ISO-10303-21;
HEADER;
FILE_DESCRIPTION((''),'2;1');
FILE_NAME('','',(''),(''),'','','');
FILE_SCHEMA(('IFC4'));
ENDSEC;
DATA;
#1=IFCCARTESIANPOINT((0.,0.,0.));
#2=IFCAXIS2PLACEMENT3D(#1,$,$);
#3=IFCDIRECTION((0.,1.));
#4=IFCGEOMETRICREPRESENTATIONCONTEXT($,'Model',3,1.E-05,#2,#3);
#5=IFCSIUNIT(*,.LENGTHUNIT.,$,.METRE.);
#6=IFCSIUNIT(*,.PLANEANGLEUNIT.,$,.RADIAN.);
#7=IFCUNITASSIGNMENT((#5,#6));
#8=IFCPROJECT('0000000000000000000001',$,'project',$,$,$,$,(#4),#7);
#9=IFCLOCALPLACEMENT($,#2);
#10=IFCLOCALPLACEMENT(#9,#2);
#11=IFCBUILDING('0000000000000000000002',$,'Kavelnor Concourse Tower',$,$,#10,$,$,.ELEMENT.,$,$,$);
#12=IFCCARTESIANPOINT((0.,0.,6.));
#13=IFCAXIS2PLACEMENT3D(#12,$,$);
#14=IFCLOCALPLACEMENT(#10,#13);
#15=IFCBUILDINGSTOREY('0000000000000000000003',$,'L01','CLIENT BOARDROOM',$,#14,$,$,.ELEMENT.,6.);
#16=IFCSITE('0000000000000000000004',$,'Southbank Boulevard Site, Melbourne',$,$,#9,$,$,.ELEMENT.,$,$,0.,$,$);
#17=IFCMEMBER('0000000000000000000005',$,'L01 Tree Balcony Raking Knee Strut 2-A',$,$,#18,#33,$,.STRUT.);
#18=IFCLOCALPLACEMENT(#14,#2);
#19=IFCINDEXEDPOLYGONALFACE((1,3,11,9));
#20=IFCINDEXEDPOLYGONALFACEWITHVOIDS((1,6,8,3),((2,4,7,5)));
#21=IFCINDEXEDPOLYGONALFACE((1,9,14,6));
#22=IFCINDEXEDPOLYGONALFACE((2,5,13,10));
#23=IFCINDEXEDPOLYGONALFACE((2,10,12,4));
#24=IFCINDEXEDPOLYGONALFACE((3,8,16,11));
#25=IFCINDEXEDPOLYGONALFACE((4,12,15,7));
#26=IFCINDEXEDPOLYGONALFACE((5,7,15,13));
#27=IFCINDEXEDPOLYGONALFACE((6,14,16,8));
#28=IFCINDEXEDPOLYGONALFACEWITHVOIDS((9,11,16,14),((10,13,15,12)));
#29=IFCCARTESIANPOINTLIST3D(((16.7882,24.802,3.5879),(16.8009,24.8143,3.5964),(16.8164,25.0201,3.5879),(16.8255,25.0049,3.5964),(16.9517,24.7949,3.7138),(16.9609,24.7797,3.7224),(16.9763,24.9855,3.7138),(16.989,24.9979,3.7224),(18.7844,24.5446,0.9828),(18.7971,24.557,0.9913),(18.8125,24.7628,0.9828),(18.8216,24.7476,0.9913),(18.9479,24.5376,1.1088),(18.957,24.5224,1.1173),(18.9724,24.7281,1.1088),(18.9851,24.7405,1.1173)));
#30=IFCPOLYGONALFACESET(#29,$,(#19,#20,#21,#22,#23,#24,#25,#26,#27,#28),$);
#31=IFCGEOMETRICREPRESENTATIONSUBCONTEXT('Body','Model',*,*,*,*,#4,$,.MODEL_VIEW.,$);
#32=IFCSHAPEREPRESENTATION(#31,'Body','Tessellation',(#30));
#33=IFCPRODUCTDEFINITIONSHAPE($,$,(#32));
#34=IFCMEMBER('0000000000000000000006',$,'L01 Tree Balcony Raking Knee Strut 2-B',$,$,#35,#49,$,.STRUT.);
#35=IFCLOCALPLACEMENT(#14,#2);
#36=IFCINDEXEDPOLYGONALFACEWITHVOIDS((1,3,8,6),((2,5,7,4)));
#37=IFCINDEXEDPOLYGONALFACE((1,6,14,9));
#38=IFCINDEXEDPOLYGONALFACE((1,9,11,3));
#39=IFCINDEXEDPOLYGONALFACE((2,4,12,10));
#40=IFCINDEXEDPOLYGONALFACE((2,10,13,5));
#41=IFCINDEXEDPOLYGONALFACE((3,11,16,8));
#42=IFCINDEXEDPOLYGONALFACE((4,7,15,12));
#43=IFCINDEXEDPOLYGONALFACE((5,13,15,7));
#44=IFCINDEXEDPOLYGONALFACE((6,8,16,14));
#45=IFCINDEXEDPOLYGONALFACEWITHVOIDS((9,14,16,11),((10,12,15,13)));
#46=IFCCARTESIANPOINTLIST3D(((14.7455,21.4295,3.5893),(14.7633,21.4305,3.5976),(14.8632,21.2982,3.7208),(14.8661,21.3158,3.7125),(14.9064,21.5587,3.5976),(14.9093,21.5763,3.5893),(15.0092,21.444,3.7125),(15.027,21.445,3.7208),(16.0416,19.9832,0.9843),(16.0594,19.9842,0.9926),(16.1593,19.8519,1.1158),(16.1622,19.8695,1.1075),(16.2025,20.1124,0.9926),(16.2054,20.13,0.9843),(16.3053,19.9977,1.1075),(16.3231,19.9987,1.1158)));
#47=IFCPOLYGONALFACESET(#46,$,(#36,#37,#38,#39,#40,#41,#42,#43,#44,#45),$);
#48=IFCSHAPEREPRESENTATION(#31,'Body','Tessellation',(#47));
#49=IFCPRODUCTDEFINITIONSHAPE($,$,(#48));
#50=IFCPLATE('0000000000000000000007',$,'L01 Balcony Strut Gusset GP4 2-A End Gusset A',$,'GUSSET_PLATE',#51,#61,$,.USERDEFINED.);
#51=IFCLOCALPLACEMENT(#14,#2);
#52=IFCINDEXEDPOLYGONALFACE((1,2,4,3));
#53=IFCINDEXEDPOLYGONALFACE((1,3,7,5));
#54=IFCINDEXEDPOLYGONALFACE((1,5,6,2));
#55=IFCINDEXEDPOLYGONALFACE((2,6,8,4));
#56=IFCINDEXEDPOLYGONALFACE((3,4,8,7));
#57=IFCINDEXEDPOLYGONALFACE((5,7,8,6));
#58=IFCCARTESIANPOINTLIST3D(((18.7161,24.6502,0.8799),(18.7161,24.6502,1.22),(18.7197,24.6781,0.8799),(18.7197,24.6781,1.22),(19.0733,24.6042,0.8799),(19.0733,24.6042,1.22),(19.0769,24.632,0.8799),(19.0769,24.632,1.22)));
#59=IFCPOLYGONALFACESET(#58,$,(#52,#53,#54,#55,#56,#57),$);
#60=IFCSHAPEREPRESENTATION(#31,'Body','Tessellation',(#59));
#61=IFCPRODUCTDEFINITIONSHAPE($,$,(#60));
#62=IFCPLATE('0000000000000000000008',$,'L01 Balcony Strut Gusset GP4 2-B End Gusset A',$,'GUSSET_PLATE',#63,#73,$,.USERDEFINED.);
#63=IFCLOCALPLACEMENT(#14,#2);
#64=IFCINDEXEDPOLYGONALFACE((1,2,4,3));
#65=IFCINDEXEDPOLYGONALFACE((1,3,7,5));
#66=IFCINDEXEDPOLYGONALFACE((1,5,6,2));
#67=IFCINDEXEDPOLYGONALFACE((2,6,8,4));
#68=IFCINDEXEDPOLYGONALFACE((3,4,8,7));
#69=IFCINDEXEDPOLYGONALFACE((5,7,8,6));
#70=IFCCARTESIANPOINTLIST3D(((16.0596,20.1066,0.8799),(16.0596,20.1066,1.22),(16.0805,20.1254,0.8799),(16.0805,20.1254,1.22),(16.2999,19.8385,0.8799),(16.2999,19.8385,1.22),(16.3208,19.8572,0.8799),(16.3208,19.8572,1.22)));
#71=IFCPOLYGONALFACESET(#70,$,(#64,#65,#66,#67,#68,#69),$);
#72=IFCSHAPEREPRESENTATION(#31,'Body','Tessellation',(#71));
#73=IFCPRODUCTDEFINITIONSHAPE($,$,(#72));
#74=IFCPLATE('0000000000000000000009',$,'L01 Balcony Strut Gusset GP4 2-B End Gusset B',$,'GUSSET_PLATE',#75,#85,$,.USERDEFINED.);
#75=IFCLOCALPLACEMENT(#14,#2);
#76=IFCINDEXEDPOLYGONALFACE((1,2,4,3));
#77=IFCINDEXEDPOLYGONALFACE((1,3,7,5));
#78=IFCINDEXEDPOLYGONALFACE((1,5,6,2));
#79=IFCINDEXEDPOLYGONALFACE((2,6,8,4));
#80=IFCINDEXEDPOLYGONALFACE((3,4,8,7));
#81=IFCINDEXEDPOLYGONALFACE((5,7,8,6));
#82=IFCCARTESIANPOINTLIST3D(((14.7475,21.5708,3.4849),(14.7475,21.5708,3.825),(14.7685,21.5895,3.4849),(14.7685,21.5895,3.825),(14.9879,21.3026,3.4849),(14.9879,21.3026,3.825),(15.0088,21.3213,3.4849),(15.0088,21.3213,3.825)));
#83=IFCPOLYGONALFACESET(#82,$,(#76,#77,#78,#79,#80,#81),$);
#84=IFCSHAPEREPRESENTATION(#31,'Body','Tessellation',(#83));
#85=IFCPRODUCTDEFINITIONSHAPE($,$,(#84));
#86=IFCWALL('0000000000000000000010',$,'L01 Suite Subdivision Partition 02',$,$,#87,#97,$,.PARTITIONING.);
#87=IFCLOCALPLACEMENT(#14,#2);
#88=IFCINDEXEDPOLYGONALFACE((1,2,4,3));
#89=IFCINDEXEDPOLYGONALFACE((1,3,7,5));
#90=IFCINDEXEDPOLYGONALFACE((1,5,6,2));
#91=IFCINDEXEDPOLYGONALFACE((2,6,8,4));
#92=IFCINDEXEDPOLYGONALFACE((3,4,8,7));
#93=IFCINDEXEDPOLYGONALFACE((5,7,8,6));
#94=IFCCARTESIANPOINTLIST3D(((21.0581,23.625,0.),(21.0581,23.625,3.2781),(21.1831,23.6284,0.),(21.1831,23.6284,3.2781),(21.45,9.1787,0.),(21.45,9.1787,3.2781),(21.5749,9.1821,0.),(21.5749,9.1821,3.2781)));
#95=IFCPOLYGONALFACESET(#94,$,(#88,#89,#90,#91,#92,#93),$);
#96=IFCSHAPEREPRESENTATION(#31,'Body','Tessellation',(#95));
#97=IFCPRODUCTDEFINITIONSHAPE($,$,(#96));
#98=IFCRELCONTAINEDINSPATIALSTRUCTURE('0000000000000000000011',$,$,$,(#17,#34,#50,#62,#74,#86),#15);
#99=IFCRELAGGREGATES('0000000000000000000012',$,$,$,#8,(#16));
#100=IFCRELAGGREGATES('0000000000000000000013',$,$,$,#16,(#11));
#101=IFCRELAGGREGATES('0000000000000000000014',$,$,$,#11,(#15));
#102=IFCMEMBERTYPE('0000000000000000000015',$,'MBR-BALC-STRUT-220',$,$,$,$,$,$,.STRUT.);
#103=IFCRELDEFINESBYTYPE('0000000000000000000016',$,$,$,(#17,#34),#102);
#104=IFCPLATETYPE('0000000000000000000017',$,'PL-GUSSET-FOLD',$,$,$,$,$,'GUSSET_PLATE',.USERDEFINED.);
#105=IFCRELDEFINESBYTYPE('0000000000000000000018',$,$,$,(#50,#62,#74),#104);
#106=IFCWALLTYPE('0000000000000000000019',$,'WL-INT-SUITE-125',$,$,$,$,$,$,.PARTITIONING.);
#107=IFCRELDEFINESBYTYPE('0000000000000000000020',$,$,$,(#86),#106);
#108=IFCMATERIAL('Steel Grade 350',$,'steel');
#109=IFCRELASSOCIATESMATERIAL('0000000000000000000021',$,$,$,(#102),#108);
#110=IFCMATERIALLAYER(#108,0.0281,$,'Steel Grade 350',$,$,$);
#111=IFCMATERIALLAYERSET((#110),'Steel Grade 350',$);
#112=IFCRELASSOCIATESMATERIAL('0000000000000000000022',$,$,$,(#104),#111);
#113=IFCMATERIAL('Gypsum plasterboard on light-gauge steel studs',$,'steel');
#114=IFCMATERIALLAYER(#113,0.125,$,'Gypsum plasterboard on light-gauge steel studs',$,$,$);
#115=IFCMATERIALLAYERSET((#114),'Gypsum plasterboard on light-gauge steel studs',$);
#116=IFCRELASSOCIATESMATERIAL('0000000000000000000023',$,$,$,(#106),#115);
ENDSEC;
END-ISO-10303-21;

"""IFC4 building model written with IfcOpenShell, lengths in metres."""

from ifc_helpers import new_model, si_unit, direction, frame, frame_2d, origin, origin_2d, place, context, subcontext, project, spatial, rectangle, hollow_rectangle, extrude, material, layer, layer_set, material_profile, profile_set, type_object, element, save


model = new_model("IFC4")

# Units and contexts
model_context = context("Model", 3, precision=1e-05, world=origin(), true_north=direction((0.0, 1.0)))
body_context = subcontext(model_context, "Body", "Model", "MODEL_VIEW")
ifc_project = project(units=[si_unit("LENGTHUNIT", "METRE"), si_unit("PLANEANGLEUNIT", "RADIAN")], contexts=[model_context])

# Site, building, storey
site_placement = place(None, origin())
site = spatial("IfcSite", under=ifc_project, at=site_placement, Name="Southbank Boulevard Site, Melbourne", CompositionType="ELEMENT", RefElevation=0.0)
building_placement = place(site_placement, origin())
building = spatial("IfcBuilding", under=site, at=building_placement, Name="Kavelnor Concourse Tower", CompositionType="ELEMENT")
storey_placement = place(building_placement, frame((0.0, 0.0, 6.0)))
storey = spatial("IfcBuildingStorey", under=building, at=storey_placement, Name="L01", Description="CLIENT BOARDROOM", CompositionType="ELEMENT", Elevation=6.0)

# Shared definitions
ifc_material_1 = material(Name="Steel Grade 350", Category="steel")

# Members
ifc_material_profile_1 = material_profile(ifc_material_1, hollow_rectangle(XDim=0.22, YDim=0.22, WallThickness=0.0139, at=origin_2d()), Name="SHS 220x220x14")
ifc_profile_set_1 = profile_set([ifc_material_profile_1], Name="Steel Grade 350")
member_type = type_object("IfcMemberType", Name="MBR-BALC-STRUT-220", PredefinedType="STRUT", material=ifc_profile_set_1)
member_1_placement = place(storey_placement, frame((18.8848, 24.6426, 1.05), z_axis=(-0.606367, 0.078169, 0.791333), x_axis=(-0.127856, -0.991793, 0.0)))
element("IfcMember", 1, at=member_1_placement, inside=storey, type_object=member_type, Name="L01 Tree Balcony Raking Knee Strut 2-A", PredefinedType="STRUT", context=body_context, shape_type="SweptSolid", body=[
    extrude(hollow_rectangle(XDim=0.22, YDim=0.22, WallThickness=0.0139, at=origin_2d()), origin(), (0.0, 0.0, 1.0), 3.292),
])
member_2_placement = place(storey_placement, frame((16.1824, 19.991, 1.05), z_axis=(-0.398904, 0.445114, 0.801716), x_axis=(-0.744705, -0.667394, 0.0)))
element("IfcMember", 2, at=member_2_placement, inside=storey, type_object=member_type, Name="L01 Tree Balcony Raking Knee Strut 2-B", PredefinedType="STRUT", context=body_context, shape_type="SweptSolid", body=[
    extrude(hollow_rectangle(XDim=0.22, YDim=0.22, WallThickness=0.0139, at=origin_2d()), origin(), (0.0, 0.0, 1.0), 3.2493),
])

# Plates
ifc_layer_1 = layer(ifc_material_1, 0.0281, Name="Steel Grade 350")
ifc_layer_set_1 = layer_set([ifc_layer_1], Name="Steel Grade 350")
plate_type = type_object("IfcPlateType", Name="PL-GUSSET-FOLD", ElementType="GUSSET_PLATE", PredefinedType="USERDEFINED", material=ifc_layer_set_1)
for number, where, z_axis, x_axis, name in (
    (3, (18.8965, 24.6411, 0.8799), (0.0, 0.0, 1.0), (-0.991783, 0.12793, 0.0), "L01 Balcony Strut Gusset GP4 2-A End Gusset A"),
    (4, (16.1902, 19.9819, 0.8799), (0.0, 0.0, 1.0), (-0.667443, 0.744661, 0.0), "L01 Balcony Strut Gusset GP4 2-B End Gusset A"),
    (5, (14.8782, 21.446, 3.4849), (0.0, 0.0, 1.0), (-0.667443, 0.744661, 0.0), "L01 Balcony Strut Gusset GP4 2-B End Gusset B"),
):
    element("IfcPlate", number, at=place(storey_placement, frame(where, z_axis=z_axis, x_axis=x_axis)), inside=storey, type_object=plate_type, Name=name, ObjectType="GUSSET_PLATE", PredefinedType="USERDEFINED", context=body_context, shape_type="SweptSolid", body=[
        extrude(rectangle(XDim=0.3601, YDim=0.0281, at=origin_2d()), origin(), (0.0, 0.0, 1.0), 0.3401),
    ])

# Wall
ifc_material_2 = material(Name="Gypsum plasterboard on light-gauge steel studs", Category="steel")
ifc_layer_2 = layer(ifc_material_2, 0.125, Name="Gypsum plasterboard on light-gauge steel studs")
ifc_layer_set_2 = layer_set([ifc_layer_2], Name="Gypsum plasterboard on light-gauge steel studs")
wall_type = type_object("IfcWallType", Name="WL-INT-SUITE-125", PredefinedType="PARTITIONING", material=ifc_layer_set_2)
wall_placement = place(storey_placement, frame((21.1206, 23.6267, 0.0), z_axis=(0.0, 0.0, 1.0), x_axis=(0.027114, -0.999632, 0.0)))
element("IfcWall", 6, at=wall_placement, inside=storey, type_object=wall_type, Name="L01 Suite Subdivision Partition 02", PredefinedType="PARTITIONING", context=body_context, shape_type="SweptSolid", body=[
    extrude(rectangle(XDim=14.4517, YDim=0.125, at=frame_2d((7.2258, 0.0))), origin(), (0.0, 0.0, 1.0), 3.2781),
])

save(model, "model.ifc")
